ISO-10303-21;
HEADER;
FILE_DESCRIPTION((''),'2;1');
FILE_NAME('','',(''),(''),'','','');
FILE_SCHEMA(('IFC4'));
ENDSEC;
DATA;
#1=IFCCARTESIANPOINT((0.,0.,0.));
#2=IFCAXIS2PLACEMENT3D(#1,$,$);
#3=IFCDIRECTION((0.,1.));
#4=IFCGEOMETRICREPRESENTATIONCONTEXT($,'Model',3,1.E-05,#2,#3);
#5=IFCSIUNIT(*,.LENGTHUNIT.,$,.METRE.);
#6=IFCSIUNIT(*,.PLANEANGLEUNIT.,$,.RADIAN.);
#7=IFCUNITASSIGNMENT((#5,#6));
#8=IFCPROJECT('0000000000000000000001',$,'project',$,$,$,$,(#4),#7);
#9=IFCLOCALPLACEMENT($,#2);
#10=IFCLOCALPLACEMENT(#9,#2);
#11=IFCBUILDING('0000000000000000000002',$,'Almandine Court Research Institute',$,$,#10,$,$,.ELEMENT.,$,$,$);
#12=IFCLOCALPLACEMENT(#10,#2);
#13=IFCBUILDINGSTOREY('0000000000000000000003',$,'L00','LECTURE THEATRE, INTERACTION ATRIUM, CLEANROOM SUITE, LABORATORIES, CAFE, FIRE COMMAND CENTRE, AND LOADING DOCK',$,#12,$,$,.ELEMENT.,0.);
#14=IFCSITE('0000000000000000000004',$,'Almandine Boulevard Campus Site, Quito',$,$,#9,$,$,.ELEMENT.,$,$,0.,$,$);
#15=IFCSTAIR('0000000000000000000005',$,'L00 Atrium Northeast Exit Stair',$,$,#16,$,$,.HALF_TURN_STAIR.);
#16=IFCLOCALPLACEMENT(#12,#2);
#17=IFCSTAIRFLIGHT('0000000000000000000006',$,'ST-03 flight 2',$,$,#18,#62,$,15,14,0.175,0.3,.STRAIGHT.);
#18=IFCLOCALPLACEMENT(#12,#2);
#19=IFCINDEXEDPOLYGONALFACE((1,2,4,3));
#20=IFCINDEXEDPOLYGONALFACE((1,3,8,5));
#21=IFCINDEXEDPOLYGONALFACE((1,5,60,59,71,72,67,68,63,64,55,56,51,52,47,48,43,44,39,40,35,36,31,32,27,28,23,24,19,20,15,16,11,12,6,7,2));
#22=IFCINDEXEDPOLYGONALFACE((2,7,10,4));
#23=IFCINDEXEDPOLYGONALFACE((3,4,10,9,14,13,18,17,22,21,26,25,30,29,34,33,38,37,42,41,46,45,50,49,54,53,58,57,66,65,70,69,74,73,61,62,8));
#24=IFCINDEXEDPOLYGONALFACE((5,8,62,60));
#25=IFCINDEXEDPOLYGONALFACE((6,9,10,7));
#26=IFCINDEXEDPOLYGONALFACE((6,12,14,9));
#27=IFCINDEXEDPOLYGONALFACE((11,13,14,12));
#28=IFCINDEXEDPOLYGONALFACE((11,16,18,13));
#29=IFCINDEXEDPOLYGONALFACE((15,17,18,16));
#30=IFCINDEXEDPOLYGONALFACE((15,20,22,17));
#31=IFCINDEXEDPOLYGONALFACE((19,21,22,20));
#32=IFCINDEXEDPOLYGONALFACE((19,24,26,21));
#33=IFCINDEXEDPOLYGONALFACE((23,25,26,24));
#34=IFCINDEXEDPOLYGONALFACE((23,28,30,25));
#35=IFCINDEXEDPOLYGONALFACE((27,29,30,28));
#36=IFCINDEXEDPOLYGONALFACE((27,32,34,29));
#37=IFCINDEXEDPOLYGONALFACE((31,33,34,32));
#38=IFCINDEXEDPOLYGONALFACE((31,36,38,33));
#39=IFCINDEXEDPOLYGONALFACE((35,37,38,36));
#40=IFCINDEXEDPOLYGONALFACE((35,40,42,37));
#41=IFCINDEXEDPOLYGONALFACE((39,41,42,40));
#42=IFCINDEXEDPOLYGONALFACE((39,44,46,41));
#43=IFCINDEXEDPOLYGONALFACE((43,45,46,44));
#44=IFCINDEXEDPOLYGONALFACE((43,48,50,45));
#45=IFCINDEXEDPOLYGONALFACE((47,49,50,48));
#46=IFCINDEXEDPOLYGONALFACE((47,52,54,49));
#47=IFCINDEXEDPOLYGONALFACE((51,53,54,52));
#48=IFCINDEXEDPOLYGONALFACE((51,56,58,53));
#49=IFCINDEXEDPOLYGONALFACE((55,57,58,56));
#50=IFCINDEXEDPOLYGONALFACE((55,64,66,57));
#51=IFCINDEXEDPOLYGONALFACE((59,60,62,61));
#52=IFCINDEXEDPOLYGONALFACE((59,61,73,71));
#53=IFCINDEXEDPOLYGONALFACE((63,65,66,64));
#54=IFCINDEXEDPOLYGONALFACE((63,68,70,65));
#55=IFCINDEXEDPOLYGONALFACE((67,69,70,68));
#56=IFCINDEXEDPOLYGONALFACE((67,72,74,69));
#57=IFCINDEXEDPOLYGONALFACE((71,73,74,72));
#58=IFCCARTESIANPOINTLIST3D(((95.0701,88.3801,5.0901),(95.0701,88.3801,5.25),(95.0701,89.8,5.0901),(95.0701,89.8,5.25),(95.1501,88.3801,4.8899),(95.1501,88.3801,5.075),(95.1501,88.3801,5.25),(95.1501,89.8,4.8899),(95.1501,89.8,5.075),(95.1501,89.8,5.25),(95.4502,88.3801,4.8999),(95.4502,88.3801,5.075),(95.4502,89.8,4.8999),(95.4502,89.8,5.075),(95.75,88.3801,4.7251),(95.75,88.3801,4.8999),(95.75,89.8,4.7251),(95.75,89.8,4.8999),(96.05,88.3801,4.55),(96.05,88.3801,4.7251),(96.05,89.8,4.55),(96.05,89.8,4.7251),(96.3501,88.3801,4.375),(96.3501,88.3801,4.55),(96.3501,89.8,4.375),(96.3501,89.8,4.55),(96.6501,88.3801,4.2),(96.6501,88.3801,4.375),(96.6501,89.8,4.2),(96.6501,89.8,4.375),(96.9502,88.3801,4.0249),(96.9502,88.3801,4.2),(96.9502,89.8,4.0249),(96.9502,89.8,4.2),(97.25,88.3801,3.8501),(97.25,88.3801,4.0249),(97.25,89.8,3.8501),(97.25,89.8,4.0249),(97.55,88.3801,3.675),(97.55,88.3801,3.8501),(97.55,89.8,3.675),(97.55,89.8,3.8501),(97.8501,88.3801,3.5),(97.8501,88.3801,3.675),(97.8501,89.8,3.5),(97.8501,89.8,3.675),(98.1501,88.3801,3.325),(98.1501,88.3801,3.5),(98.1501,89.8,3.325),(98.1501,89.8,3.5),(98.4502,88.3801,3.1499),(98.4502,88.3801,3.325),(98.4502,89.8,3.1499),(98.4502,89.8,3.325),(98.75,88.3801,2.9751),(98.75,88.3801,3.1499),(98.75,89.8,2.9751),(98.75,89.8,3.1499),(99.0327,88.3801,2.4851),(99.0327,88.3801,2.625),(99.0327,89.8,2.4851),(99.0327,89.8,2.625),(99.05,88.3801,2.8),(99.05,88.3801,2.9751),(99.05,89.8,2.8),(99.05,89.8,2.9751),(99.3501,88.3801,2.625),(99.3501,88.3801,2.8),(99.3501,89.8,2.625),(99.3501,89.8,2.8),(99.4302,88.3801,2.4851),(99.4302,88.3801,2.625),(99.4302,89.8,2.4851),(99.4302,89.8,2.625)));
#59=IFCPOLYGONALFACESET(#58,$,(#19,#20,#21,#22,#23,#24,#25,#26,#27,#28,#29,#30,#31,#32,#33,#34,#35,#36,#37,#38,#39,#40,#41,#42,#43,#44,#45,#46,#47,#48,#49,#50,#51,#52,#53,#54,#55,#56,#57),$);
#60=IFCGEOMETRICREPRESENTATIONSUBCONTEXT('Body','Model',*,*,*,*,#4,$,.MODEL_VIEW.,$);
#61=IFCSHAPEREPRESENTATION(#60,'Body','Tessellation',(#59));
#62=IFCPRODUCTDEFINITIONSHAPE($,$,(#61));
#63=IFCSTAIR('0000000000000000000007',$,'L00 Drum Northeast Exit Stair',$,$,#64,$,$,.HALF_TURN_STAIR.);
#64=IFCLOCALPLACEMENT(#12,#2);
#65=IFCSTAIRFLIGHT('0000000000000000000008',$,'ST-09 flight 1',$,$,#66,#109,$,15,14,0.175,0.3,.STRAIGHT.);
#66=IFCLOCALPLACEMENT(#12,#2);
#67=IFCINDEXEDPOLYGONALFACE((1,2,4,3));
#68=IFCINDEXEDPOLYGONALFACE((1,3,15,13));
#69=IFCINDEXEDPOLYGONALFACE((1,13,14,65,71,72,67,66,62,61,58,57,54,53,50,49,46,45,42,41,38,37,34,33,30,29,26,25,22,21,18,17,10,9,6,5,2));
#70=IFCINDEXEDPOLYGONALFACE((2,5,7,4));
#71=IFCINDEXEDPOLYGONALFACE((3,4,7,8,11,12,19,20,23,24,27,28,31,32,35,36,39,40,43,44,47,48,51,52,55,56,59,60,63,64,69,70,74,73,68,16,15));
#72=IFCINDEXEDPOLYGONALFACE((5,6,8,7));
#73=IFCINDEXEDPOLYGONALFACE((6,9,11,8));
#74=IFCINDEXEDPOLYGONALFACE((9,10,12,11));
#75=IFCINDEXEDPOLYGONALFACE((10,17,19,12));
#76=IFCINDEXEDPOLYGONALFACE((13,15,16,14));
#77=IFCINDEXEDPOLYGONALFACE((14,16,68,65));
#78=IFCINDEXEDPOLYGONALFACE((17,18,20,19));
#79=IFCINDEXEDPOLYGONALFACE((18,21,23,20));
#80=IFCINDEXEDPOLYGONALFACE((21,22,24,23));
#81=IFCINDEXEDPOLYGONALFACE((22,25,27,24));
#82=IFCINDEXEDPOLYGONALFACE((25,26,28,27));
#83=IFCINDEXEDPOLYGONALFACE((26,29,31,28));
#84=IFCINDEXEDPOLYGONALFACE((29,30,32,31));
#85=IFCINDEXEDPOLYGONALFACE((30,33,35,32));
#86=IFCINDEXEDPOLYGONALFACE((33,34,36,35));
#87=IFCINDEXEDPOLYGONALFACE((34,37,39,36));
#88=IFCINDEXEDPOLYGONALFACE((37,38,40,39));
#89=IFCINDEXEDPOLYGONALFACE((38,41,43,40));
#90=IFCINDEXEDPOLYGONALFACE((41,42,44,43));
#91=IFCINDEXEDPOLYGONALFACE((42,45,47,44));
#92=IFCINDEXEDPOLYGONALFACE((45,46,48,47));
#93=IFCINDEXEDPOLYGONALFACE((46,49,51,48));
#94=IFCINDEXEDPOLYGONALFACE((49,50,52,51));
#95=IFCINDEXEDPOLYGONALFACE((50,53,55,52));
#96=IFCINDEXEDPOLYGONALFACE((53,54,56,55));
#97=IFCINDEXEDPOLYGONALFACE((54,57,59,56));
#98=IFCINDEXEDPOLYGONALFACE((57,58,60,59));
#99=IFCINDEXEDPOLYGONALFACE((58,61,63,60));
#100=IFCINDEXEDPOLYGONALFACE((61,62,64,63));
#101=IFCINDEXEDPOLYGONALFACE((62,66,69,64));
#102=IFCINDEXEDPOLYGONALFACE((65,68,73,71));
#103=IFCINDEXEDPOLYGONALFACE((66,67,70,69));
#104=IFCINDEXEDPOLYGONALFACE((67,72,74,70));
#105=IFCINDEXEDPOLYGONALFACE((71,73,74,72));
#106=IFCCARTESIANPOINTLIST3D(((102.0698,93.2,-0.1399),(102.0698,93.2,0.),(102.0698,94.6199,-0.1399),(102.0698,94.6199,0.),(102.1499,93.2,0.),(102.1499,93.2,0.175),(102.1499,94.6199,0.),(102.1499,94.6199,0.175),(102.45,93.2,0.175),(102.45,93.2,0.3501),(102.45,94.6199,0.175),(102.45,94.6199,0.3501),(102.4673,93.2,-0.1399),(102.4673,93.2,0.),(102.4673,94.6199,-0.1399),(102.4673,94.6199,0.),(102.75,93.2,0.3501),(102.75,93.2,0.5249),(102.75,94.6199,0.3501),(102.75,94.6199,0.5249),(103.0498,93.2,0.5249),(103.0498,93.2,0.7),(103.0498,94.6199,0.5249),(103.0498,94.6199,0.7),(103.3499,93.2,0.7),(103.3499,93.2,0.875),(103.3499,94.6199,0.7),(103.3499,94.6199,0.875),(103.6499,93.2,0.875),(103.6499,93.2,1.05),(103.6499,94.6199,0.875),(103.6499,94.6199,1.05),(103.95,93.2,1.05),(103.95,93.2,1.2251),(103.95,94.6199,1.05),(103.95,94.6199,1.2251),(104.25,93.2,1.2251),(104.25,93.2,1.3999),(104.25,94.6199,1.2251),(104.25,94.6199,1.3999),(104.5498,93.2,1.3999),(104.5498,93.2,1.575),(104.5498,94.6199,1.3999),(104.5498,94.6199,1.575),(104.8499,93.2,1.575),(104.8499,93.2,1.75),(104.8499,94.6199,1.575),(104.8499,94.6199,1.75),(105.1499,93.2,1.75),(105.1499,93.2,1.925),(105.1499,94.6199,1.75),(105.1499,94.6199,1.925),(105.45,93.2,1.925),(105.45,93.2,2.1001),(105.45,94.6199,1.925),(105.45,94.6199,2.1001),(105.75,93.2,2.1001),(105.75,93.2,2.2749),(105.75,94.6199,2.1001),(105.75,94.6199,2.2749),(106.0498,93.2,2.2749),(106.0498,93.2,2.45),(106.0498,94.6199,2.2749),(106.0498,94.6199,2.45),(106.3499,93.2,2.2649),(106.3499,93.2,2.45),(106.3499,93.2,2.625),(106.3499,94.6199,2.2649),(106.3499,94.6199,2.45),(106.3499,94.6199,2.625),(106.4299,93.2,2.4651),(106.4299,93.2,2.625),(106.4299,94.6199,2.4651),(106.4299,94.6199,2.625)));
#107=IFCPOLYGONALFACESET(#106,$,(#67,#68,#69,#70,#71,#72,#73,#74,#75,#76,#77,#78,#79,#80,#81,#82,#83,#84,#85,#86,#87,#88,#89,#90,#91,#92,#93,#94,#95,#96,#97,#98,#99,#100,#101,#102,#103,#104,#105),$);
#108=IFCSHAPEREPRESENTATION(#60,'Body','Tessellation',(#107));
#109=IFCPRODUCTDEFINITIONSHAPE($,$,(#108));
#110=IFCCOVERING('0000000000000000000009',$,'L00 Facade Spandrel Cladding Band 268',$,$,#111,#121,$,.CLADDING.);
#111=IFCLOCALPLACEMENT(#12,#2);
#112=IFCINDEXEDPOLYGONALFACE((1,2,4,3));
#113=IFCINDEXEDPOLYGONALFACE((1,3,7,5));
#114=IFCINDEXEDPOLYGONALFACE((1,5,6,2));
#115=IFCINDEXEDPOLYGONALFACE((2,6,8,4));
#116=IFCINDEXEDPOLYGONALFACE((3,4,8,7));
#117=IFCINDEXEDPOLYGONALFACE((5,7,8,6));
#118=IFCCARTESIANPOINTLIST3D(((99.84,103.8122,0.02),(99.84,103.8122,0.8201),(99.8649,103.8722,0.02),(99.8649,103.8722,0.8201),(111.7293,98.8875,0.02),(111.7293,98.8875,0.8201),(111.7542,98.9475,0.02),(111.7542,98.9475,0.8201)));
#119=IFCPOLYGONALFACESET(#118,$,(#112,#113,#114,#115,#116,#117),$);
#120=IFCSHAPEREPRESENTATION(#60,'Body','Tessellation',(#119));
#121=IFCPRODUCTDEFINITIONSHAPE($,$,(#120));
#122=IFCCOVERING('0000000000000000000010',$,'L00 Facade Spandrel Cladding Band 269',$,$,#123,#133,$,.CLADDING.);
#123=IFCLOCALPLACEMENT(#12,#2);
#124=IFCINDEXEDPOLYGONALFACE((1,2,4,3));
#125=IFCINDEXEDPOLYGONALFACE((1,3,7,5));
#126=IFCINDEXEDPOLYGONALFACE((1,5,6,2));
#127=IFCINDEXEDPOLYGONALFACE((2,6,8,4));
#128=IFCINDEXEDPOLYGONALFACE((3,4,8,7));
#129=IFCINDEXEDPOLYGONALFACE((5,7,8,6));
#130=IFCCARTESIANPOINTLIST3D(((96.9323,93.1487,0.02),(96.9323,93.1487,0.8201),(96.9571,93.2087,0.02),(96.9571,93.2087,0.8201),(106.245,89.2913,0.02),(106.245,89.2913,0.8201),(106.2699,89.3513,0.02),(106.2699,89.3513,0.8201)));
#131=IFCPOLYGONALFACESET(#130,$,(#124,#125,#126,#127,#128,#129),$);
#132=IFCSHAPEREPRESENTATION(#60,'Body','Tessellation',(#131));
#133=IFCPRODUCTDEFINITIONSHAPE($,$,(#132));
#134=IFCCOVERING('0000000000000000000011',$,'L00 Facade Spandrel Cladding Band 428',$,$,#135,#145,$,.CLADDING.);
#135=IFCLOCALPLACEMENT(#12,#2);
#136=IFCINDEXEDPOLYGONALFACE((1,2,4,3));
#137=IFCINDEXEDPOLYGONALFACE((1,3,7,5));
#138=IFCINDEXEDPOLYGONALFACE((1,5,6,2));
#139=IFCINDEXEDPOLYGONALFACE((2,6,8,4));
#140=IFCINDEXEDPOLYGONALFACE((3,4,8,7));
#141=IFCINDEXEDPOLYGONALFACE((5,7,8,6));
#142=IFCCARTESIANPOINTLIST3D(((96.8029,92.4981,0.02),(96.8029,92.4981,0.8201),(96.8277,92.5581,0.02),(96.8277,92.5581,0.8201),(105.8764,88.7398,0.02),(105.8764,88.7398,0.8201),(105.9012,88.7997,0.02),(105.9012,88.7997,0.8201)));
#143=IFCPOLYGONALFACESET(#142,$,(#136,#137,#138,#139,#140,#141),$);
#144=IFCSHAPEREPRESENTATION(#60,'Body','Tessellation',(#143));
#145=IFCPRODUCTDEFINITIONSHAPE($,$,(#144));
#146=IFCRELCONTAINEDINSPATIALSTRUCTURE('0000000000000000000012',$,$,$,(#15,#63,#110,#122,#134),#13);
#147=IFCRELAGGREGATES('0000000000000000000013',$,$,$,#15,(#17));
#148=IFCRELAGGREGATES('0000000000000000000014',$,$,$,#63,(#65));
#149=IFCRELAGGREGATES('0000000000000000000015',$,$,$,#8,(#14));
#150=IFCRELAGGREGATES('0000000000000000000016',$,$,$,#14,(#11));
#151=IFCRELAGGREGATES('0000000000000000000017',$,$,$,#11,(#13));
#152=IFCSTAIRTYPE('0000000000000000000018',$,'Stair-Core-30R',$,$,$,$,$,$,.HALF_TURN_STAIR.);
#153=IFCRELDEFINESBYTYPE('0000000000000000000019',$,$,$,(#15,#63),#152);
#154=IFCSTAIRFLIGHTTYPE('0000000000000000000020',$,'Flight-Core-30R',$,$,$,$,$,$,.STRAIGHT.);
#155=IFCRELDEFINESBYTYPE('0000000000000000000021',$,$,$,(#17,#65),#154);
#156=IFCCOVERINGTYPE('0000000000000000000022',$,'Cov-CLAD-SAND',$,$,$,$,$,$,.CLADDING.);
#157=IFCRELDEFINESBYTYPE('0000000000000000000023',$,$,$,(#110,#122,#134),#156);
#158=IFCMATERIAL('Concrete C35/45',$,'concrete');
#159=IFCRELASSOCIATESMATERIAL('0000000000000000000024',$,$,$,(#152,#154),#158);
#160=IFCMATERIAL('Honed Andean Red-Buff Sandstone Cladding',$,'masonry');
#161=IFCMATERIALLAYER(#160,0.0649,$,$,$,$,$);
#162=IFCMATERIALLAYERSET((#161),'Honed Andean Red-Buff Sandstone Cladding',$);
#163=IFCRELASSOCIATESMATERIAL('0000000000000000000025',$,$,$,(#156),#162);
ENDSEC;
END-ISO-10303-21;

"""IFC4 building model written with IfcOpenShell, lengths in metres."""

from ifc_helpers import new_model, si_unit, direction, frame, origin, origin_2d, place, context, subcontext, project, spatial, polyline, rectangle, outline, extrude, material, layer, layer_set, type_object, element, aggregate, save


model = new_model("IFC4")

# Units and contexts
model_context = context("Model", 3, precision=1e-05, world=origin(), true_north=direction((0.0, 1.0)))
body_context = subcontext(model_context, "Body", "Model", "MODEL_VIEW")
ifc_project = project(units=[si_unit("LENGTHUNIT", "METRE"), si_unit("PLANEANGLEUNIT", "RADIAN")], contexts=[model_context])

# Site, building, storey
site_placement = place(None, origin())
site = spatial("IfcSite", under=ifc_project, at=site_placement, Name="Almandine Boulevard Campus Site, Quito", CompositionType="ELEMENT", RefElevation=0.0)
building_placement = place(site_placement, origin())
building = spatial("IfcBuilding", under=site, at=building_placement, Name="Almandine Court Research Institute", CompositionType="ELEMENT")
storey_placement = place(building_placement, origin())
storey = spatial("IfcBuildingStorey", under=building, at=storey_placement, Name="L00", Description="LECTURE THEATRE, INTERACTION ATRIUM, CLEANROOM SUITE, LABORATORIES, CAFE, FIRE COMMAND CENTRE, AND LOADING DOCK", CompositionType="ELEMENT", Elevation=0.0)

# Stairs, stair flights
ifc_material_1 = material(Name="Concrete C35/45", Category="concrete")
stair_type = type_object("IfcStairType", Name="Stair-Core-30R", PredefinedType="HALF_TURN_STAIR", material=ifc_material_1)
stair_1_placement = place(storey_placement, origin())
stair_1 = element("IfcStair", 1, at=stair_1_placement, inside=storey, type_object=stair_type, Name="L00 Atrium Northeast Exit Stair", PredefinedType="HALF_TURN_STAIR")
stair_flight_type = type_object("IfcStairFlightType", Name="Flight-Core-30R", PredefinedType="STRAIGHT", material=ifc_material_1)
stair_flight_1_placement = place(storey_placement, frame((99.3501, 89.0901, 2.625), z_axis=(0.0, 0.0, 1.0), x_axis=(-1.0, 0.0, 0.0)))
stair_flight_1 = element("IfcStairFlight", 2, at=stair_flight_1_placement, type_object=stair_flight_type, Name="ST-03 flight 2", NumberOfRisers=15, NumberOfTreads=14, PredefinedType="STRAIGHT", RiserHeight=0.175, TreadLength=0.3, context=body_context, shape_type="SweptSolid", body=[
    extrude(outline(polyline([(-0.0801, -0.1399), (-0.0801, 0.0), (0.0, 0.0), (0.0, 0.175), (0.3, 0.175), (0.3, 0.3501), (0.6001, 0.3501), (0.6001, 0.5249), (0.8999, 0.5249), (0.8999, 0.7), (1.2, 0.7), (1.2, 0.875), (1.5, 0.875), (1.5, 1.05), (1.8, 1.05), (1.8, 1.2251), (2.1001, 1.2251), (2.1001, 1.3999), (2.3999, 1.3999), (2.3999, 1.575), (2.7, 1.575), (2.7, 1.75), (3.0, 1.75), (3.0, 1.925), (3.3, 1.925), (3.3, 2.1001), (3.6001, 2.1001), (3.6001, 2.2749), (3.8999, 2.2749), (3.8999, 2.45), (4.2, 2.45), (4.2, 2.625), (4.28, 2.625), (4.28, 2.4651), (4.2, 2.2649), (0.3174, 0.0), (0.3174, -0.1399), (-0.0801, -0.1399)])), frame((0.0, 0.71, 0.0), z_axis=(0.0, -1.0, 0.0), x_axis=(1.0, 0.0, 0.0)), (0.0, 0.0, 1.0), 1.4199),
])
aggregate(stair_1, [stair_flight_1])
stair_2_placement = place(storey_placement, origin())
stair_2 = element("IfcStair", 3, at=stair_2_placement, inside=storey, type_object=stair_type, Name="L00 Drum Northeast Exit Stair", PredefinedType="HALF_TURN_STAIR")
stair_flight_2_placement = place(storey_placement, frame((102.1499, 93.9099, 0.0), z_axis=(0.0, 0.0, 1.0), x_axis=(1.0, 0.0, 0.0)))
stair_flight_2 = element("IfcStairFlight", 4, at=stair_flight_2_placement, type_object=stair_flight_type, Name="ST-09 flight 1", NumberOfRisers=15, NumberOfTreads=14, PredefinedType="STRAIGHT", RiserHeight=0.175, TreadLength=0.3, context=body_context, shape_type="SweptSolid", body=[
    extrude(outline(polyline([(-0.0801, -0.1399), (-0.0801, 0.0), (0.0, 0.0), (0.0, 0.175), (0.3, 0.175), (0.3, 0.3501), (0.6001, 0.3501), (0.6001, 0.5249), (0.8999, 0.5249), (0.8999, 0.7), (1.2, 0.7), (1.2, 0.875), (1.5, 0.875), (1.5, 1.05), (1.8, 1.05), (1.8, 1.2251), (2.1001, 1.2251), (2.1001, 1.3999), (2.3999, 1.3999), (2.3999, 1.575), (2.7, 1.575), (2.7, 1.75), (3.0, 1.75), (3.0, 1.925), (3.3, 1.925), (3.3, 2.1001), (3.6001, 2.1001), (3.6001, 2.2749), (3.8999, 2.2749), (3.8999, 2.45), (4.2, 2.45), (4.2, 2.625), (4.28, 2.625), (4.28, 2.4651), (4.2, 2.2649), (0.3174, 0.0), (0.3174, -0.1399), (-0.0801, -0.1399)])), frame((0.0, 0.71, 0.0), z_axis=(0.0, -1.0, 0.0), x_axis=(1.0, 0.0, 0.0)), (0.0, 0.0, 1.0), 1.4199),
])
aggregate(stair_2, [stair_flight_2])

# Coverings
ifc_material_2 = material(Name="Honed Andean Red-Buff Sandstone Cladding", Category="masonry")
ifc_layer_1 = layer(ifc_material_2, 0.0649)
ifc_layer_set_1 = layer_set([ifc_layer_1], Name="Honed Andean Red-Buff Sandstone Cladding")
covering_type = type_object("IfcCoveringType", Name="Cov-CLAD-SAND", PredefinedType="CLADDING", material=ifc_layer_set_1)
covering_1_placement = place(storey_placement, frame((105.7971, 101.3799, 0.02), z_axis=(0.0, 0.0, 1.0), x_axis=(0.92388, -0.382683, 0.0)))
element("IfcCovering", 5, at=covering_1_placement, inside=storey, type_object=covering_type, Name="L00 Facade Spandrel Cladding Band 268", PredefinedType="CLADDING", context=body_context, shape_type="SweptSolid", body=[
    extrude(rectangle(XDim=12.8689, YDim=0.0649, at=origin_2d()), origin(), (0.0, 0.0, 1.0), 0.8),
])
covering_2_placement = place(storey_placement, frame((101.6011, 91.25, 0.02), z_axis=(0.0, 0.0, 1.0), x_axis=(-0.92388, 0.382683, 0.0)))
element("IfcCovering", 6, at=covering_2_placement, inside=storey, type_object=covering_type, Name="L00 Facade Spandrel Cladding Band 269", PredefinedType="CLADDING", context=body_context, shape_type="SweptSolid", body=[
    extrude(rectangle(XDim=10.0801, YDim=0.0649, at=origin_2d()), origin(), (0.0, 0.0, 1.0), 0.8),
])
covering_3_placement = place(storey_placement, frame((101.3521, 90.6489, 0.02), z_axis=(0.0, 0.0, 1.0), x_axis=(0.92388, -0.382683, 0.0)))
element("IfcCovering", 7, at=covering_3_placement, inside=storey, type_object=covering_type, Name="L00 Facade Spandrel Cladding Band 428", PredefinedType="CLADDING", context=body_context, shape_type="SweptSolid", body=[
    extrude(rectangle(XDim=9.821, YDim=0.0649, at=origin_2d()), origin(), (0.0, 0.0, 1.0), 0.8),
])

save(model, "model.ifc")
